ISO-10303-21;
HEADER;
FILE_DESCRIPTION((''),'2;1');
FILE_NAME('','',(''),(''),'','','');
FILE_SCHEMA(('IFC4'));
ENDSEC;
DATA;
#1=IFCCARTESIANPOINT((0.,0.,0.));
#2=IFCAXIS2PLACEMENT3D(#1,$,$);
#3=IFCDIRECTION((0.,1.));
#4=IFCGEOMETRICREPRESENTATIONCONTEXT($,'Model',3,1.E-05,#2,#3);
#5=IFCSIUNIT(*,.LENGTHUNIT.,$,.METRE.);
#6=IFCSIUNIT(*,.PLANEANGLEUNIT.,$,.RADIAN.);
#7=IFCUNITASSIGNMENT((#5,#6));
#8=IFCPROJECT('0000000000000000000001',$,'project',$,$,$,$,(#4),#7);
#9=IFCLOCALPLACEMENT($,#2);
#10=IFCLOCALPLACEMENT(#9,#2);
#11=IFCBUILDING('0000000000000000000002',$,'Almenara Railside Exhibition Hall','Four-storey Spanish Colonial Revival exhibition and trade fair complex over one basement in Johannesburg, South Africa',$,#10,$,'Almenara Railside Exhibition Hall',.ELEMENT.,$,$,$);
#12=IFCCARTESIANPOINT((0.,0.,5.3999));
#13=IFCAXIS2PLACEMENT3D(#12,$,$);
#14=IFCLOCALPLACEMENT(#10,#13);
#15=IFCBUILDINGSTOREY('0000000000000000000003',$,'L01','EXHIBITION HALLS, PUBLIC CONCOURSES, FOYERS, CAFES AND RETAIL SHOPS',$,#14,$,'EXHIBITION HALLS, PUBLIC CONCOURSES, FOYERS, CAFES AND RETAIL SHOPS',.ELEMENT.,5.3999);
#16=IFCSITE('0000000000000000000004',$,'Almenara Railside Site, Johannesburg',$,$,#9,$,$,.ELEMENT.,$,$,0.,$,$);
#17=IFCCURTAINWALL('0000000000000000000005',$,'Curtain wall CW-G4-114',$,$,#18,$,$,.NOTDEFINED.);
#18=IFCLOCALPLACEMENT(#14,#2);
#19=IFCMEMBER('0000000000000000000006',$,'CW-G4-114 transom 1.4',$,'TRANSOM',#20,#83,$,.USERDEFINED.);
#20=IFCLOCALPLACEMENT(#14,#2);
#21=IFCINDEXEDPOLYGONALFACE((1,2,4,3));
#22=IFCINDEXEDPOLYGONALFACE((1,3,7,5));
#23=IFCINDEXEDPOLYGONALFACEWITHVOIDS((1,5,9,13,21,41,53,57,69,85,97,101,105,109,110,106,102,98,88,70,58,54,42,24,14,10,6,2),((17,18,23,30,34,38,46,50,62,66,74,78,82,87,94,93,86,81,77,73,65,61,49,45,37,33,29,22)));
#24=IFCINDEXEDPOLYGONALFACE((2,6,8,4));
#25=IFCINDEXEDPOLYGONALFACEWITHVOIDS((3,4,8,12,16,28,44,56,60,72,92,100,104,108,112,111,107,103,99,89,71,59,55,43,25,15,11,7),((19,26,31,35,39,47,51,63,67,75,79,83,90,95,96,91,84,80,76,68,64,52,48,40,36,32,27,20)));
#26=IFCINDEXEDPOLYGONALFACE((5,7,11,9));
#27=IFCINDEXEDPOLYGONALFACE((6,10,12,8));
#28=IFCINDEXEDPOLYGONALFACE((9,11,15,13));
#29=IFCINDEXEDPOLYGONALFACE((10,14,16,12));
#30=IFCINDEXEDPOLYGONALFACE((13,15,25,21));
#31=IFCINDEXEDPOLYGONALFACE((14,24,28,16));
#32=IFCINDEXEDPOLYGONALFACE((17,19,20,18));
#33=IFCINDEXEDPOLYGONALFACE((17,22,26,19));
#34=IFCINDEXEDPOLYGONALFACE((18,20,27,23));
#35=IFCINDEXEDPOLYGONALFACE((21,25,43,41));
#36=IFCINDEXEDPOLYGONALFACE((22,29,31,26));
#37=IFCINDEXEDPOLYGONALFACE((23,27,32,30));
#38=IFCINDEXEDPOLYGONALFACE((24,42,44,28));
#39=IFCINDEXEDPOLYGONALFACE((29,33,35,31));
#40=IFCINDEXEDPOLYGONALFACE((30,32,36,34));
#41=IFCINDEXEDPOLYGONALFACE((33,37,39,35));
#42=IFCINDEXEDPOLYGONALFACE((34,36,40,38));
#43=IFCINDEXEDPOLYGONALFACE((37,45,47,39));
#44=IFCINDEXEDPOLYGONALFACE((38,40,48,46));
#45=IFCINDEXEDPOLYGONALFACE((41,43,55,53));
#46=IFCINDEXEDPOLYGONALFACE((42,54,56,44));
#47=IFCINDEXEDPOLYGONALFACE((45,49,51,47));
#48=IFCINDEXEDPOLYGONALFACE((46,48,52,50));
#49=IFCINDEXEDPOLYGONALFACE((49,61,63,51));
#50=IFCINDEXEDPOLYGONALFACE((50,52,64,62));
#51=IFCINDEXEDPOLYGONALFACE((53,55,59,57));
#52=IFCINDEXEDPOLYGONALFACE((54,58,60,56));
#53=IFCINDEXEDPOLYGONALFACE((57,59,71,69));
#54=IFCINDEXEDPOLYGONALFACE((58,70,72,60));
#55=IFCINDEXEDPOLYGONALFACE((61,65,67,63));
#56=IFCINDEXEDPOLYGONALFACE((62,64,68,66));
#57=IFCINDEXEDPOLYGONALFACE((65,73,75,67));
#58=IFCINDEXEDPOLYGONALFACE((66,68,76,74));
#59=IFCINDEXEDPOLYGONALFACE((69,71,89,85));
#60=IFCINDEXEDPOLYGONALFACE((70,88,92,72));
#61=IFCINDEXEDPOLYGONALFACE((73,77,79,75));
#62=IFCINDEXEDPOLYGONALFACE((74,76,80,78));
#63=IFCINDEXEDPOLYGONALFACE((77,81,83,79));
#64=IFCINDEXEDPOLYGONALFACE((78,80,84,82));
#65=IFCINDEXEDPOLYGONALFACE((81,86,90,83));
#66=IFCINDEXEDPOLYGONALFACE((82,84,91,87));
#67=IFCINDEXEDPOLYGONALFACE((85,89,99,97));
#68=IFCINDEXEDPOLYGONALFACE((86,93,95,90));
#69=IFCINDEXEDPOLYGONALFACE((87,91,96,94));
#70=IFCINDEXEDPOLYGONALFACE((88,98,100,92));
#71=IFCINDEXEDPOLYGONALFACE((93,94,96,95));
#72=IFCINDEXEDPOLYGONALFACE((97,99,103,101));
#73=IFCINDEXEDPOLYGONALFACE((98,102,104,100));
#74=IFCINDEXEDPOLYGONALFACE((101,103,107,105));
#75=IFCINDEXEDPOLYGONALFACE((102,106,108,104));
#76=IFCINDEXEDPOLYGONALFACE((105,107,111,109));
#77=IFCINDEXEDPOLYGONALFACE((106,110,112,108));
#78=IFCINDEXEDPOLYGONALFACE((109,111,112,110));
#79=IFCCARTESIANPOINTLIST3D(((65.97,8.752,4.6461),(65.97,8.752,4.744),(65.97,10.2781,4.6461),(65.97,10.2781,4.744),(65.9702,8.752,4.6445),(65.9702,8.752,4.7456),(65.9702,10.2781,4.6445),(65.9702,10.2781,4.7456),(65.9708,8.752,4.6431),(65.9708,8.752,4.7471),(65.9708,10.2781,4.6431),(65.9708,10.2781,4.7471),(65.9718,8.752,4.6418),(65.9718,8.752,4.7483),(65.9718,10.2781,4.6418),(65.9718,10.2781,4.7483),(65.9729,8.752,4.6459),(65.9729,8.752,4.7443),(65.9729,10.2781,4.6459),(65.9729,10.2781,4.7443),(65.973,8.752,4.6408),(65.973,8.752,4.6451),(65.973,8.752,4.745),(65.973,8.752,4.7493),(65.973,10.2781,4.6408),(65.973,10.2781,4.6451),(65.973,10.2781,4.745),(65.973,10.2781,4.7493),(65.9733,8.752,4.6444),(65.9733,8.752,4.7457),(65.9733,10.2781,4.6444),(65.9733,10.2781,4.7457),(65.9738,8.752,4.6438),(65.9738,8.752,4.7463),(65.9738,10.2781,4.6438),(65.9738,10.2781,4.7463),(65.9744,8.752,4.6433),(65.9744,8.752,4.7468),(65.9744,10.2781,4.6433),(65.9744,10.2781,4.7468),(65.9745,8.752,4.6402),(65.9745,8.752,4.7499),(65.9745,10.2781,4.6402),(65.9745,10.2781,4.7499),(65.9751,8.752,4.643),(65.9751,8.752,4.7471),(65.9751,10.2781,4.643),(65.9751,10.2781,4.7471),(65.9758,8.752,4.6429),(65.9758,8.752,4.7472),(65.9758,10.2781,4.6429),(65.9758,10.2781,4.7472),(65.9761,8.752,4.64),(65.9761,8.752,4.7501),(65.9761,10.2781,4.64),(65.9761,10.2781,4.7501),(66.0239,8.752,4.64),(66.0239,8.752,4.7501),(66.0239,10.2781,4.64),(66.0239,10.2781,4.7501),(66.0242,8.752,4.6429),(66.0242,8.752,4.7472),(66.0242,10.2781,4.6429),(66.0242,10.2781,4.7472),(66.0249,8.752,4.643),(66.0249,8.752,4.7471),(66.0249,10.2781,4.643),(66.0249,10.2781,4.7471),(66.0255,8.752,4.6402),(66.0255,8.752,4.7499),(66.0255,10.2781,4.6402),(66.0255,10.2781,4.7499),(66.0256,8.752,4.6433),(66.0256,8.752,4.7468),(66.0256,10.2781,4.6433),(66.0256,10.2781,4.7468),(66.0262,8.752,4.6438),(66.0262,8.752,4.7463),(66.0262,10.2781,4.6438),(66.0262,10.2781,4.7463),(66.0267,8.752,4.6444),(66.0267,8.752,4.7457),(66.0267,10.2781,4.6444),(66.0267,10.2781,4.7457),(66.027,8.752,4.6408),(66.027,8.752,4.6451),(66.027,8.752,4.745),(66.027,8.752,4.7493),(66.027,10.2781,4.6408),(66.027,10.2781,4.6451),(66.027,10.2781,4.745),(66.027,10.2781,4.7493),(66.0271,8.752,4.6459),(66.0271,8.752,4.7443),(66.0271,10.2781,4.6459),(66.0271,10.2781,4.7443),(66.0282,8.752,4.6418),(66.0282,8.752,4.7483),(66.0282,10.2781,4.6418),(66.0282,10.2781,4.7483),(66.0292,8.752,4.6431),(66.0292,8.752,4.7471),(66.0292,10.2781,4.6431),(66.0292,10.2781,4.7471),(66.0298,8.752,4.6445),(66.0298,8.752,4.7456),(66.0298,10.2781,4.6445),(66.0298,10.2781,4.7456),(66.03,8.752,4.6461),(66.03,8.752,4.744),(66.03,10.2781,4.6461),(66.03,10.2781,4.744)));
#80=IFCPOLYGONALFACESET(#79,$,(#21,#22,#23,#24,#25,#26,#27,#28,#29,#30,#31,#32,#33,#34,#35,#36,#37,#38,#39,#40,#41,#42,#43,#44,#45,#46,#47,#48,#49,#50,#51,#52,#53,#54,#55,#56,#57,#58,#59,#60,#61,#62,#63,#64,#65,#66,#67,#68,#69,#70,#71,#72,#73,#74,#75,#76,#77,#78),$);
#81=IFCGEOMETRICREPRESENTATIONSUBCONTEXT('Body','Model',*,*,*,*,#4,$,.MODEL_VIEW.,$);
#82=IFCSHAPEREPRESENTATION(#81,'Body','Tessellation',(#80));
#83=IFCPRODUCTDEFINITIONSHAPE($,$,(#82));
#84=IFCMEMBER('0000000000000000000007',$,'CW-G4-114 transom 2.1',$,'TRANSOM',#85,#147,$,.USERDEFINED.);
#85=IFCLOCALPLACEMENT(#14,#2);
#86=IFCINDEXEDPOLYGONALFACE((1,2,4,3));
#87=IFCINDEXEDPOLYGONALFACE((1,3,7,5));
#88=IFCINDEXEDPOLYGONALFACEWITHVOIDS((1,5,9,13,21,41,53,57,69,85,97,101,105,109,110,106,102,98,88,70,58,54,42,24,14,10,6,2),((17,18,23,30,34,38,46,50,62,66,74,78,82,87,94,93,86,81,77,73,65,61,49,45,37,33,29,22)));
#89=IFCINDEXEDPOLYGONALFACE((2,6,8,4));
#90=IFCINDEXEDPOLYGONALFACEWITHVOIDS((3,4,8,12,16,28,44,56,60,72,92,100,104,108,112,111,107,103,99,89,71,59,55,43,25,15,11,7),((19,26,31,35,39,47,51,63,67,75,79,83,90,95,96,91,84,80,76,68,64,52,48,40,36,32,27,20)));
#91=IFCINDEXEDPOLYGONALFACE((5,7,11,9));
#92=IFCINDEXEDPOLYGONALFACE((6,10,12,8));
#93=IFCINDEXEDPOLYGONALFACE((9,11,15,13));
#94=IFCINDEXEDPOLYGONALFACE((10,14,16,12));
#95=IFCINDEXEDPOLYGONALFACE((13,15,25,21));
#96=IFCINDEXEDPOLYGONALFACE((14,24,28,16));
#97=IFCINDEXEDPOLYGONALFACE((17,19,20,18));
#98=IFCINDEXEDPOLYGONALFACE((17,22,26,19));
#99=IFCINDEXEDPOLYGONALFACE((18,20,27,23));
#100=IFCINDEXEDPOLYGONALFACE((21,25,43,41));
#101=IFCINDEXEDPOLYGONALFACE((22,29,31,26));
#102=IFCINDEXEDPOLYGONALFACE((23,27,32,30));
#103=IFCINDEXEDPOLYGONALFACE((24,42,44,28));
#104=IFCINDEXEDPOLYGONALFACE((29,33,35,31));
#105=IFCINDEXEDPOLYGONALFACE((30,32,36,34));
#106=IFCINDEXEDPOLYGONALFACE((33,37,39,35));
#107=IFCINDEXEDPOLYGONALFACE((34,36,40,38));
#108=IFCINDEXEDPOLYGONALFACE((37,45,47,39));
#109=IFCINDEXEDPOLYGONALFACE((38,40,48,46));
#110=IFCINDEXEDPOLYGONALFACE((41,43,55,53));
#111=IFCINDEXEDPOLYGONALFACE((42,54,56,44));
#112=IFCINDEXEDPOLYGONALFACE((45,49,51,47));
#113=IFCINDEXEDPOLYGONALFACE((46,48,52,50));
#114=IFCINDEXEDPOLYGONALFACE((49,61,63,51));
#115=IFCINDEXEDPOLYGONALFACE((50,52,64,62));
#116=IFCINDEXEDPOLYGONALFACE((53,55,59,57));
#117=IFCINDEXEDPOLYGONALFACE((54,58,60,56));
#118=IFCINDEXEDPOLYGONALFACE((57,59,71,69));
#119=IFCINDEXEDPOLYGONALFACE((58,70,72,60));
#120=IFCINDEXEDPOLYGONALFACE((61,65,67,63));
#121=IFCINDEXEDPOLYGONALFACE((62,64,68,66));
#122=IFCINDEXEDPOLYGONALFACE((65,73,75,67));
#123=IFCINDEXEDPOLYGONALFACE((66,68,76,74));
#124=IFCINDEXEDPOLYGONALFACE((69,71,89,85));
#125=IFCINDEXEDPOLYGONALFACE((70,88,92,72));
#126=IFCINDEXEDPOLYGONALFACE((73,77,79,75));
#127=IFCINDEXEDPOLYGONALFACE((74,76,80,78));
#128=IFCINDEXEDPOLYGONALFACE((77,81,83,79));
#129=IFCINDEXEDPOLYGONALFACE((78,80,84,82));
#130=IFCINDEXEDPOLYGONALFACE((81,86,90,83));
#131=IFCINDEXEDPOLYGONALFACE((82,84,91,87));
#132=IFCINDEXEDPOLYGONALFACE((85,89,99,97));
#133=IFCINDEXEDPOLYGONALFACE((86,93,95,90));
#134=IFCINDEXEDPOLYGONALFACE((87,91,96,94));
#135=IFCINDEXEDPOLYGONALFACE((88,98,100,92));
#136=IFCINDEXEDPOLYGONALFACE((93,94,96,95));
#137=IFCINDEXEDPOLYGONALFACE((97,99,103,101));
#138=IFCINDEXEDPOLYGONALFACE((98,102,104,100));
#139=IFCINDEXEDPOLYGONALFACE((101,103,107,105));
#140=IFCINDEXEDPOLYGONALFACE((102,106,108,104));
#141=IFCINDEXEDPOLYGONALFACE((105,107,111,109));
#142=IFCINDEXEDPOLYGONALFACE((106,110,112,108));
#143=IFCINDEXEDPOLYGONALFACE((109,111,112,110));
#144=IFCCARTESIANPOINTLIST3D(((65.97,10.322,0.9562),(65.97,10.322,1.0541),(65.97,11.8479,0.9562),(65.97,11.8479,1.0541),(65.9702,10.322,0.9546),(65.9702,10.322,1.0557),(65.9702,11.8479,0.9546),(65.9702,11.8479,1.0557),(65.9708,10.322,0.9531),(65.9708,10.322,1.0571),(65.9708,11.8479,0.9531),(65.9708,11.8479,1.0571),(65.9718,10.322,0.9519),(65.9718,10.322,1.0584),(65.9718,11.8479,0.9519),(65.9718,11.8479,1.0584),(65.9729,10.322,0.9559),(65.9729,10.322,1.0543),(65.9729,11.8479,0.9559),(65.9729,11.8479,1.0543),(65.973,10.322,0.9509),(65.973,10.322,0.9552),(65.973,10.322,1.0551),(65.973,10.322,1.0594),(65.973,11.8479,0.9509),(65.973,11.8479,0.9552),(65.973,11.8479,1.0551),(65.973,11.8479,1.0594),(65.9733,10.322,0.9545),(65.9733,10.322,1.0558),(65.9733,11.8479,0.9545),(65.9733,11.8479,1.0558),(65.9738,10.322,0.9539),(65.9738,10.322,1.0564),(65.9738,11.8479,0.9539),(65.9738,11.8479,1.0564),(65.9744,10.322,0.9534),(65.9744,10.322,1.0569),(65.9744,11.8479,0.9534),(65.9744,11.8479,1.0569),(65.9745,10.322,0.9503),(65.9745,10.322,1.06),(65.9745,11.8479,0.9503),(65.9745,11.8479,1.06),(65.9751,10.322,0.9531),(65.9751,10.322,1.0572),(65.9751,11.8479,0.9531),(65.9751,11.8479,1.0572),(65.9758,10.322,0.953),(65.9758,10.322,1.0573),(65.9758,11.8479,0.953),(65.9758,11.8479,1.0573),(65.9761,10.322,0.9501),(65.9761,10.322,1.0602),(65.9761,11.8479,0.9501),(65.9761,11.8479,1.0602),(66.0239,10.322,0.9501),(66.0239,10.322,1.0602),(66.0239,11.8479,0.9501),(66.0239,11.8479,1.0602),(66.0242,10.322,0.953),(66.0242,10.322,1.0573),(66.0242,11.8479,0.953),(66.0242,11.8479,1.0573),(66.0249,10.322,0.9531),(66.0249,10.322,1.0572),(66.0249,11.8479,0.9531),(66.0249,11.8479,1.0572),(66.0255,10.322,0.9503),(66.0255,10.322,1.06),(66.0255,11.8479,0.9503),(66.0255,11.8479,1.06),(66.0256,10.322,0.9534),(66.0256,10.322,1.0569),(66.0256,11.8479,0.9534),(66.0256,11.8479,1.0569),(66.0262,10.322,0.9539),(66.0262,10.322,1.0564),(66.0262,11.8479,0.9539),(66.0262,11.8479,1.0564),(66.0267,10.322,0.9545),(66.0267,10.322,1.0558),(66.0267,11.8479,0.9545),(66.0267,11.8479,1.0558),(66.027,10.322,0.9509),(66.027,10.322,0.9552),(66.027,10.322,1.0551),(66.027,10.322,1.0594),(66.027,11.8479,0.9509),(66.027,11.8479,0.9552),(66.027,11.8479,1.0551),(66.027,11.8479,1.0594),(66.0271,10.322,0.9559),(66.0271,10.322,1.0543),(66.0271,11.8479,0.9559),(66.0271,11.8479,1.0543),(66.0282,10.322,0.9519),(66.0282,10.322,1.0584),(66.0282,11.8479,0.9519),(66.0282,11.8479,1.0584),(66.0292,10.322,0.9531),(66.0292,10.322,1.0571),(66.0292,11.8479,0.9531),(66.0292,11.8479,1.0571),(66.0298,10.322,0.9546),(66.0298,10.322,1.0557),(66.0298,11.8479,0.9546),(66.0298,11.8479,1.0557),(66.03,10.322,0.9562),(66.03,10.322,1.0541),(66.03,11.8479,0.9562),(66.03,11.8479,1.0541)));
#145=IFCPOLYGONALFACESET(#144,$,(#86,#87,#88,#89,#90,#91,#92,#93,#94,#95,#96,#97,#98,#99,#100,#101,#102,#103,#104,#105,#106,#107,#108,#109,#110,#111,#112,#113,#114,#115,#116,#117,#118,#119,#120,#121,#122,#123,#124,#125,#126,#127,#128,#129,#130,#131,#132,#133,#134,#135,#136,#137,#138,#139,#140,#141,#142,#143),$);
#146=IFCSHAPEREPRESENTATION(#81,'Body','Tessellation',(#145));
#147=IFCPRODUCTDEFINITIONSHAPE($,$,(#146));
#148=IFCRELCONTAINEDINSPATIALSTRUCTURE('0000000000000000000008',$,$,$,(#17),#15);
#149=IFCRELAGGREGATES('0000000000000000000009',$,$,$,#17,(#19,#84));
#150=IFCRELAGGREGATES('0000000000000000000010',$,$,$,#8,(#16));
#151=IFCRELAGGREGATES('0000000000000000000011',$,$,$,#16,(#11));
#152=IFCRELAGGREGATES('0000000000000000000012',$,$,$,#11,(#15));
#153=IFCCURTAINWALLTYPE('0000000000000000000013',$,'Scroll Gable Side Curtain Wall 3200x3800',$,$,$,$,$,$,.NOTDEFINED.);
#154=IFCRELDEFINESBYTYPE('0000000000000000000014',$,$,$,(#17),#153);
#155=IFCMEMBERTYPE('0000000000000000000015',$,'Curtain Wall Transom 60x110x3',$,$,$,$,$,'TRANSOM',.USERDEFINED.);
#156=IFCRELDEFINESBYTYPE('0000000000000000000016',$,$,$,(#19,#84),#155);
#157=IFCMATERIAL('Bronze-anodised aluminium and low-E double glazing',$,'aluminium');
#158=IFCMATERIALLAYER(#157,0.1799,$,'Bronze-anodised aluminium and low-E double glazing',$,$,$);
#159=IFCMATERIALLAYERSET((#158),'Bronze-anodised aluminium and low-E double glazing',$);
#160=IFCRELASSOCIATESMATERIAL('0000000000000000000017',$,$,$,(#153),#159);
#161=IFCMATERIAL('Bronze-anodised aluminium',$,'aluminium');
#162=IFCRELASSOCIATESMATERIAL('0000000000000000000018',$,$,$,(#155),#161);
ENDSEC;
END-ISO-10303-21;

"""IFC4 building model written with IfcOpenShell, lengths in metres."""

from ifc_helpers import new_model, si_unit, direction, frame, origin, origin_2d, place, context, subcontext, project, spatial, hollow_rectangle, extrude, material, layer, layer_set, material_profile, profile_set, type_object, element, aggregate, save


model = new_model("IFC4")

# Units and contexts
model_context = context("Model", 3, precision=1e-05, world=origin(), true_north=direction((0.0, 1.0)))
body_context = subcontext(model_context, "Body", "Model", "MODEL_VIEW")
ifc_project = project(units=[si_unit("LENGTHUNIT", "METRE"), si_unit("PLANEANGLEUNIT", "RADIAN")], contexts=[model_context])

# Site, building, storey
site_placement = place(None, origin())
site = spatial("IfcSite", under=ifc_project, at=site_placement, Name="Almenara Railside Site, Johannesburg", CompositionType="ELEMENT", RefElevation=0.0)
building_placement = place(site_placement, origin())
building = spatial("IfcBuilding", under=site, at=building_placement, Name="Almenara Railside Exhibition Hall", Description="Four-storey Spanish Colonial Revival exhibition and trade fair complex over one basement in Johannesburg, South Africa", LongName="Almenara Railside Exhibition Hall", CompositionType="ELEMENT")
storey_placement = place(building_placement, frame((0.0, 0.0, 5.3999)))
storey = spatial("IfcBuildingStorey", under=building, at=storey_placement, Name="L01", Description="EXHIBITION HALLS, PUBLIC CONCOURSES, FOYERS, CAFES AND RETAIL SHOPS", LongName="EXHIBITION HALLS, PUBLIC CONCOURSES, FOYERS, CAFES AND RETAIL SHOPS", CompositionType="ELEMENT", Elevation=5.3999)

# Curtain wall
ifc_material_1 = material(Name="Bronze-anodised aluminium and low-E double glazing", Category="aluminium")
ifc_layer_1 = layer(ifc_material_1, 0.1799, Name="Bronze-anodised aluminium and low-E double glazing")
ifc_layer_set_1 = layer_set([ifc_layer_1], Name="Bronze-anodised aluminium and low-E double glazing")
curtain_wall_type = type_object("IfcCurtainWallType", Name="Scroll Gable Side Curtain Wall 3200x3800", PredefinedType="NOTDEFINED", material=ifc_layer_set_1)
curtain_wall_1_placement = place(storey_placement, origin())
curtain_wall_1 = element("IfcCurtainWall", 1, at=curtain_wall_1_placement, inside=storey, type_object=curtain_wall_type, Name="Curtain wall CW-G4-114", PredefinedType="NOTDEFINED")
ifc_material_2 = material(Name="Bronze-anodised aluminium", Category="aluminium")

# Members
ifc_material_profile_1 = material_profile(ifc_material_2, hollow_rectangle(XDim=0.0601, YDim=0.1101, WallThickness=0.0029, InnerFilletRadius=0.0029, OuterFilletRadius=0.0061, at=origin_2d()), Name="ALU-TRN 60x110x3")
ifc_profile_set_1 = profile_set([ifc_material_profile_1], Name="Bronze-anodised aluminium")
member_type_1 = type_object("IfcMemberType", Name="Curtain Wall Transom 60x110x3", ElementType="TRANSOM", PredefinedType="USERDEFINED", material=ifc_profile_set_1)
member_1_placement = place(storey_placement, frame((66.0, 8.752, 4.6951), z_axis=(0.0, 1.0, 0.0), x_axis=(-1.0, 0.0, 0.0)))
member_1 = element("IfcMember", 2, at=member_1_placement, type_object=member_type_1, Name="CW-G4-114 transom 1.4", ObjectType="TRANSOM", PredefinedType="USERDEFINED", context=body_context, shape_type="SweptSolid", body=[
    extrude(hollow_rectangle(XDim=0.0601, YDim=0.1101, WallThickness=0.0029, InnerFilletRadius=0.0029, OuterFilletRadius=0.0061, at=origin_2d()), origin(), (0.0, 0.0, 1.0), 1.5261),
])
member_2_placement = place(storey_placement, frame((66.0, 10.322, 1.0051), z_axis=(0.0, 1.0, 0.0), x_axis=(-1.0, 0.0, 0.0)))
member_2 = element("IfcMember", 3, at=member_2_placement, type_object=member_type_1, Name="CW-G4-114 transom 2.1", ObjectType="TRANSOM", PredefinedType="USERDEFINED", context=body_context, shape_type="SweptSolid", body=[
    extrude(hollow_rectangle(XDim=0.0601, YDim=0.1101, WallThickness=0.0029, InnerFilletRadius=0.0029, OuterFilletRadius=0.0061, at=origin_2d()), origin(), (0.0, 0.0, 1.0), 1.5259),
])

aggregate(curtain_wall_1, [member_1, member_2])

save(model, "model.ifc")
